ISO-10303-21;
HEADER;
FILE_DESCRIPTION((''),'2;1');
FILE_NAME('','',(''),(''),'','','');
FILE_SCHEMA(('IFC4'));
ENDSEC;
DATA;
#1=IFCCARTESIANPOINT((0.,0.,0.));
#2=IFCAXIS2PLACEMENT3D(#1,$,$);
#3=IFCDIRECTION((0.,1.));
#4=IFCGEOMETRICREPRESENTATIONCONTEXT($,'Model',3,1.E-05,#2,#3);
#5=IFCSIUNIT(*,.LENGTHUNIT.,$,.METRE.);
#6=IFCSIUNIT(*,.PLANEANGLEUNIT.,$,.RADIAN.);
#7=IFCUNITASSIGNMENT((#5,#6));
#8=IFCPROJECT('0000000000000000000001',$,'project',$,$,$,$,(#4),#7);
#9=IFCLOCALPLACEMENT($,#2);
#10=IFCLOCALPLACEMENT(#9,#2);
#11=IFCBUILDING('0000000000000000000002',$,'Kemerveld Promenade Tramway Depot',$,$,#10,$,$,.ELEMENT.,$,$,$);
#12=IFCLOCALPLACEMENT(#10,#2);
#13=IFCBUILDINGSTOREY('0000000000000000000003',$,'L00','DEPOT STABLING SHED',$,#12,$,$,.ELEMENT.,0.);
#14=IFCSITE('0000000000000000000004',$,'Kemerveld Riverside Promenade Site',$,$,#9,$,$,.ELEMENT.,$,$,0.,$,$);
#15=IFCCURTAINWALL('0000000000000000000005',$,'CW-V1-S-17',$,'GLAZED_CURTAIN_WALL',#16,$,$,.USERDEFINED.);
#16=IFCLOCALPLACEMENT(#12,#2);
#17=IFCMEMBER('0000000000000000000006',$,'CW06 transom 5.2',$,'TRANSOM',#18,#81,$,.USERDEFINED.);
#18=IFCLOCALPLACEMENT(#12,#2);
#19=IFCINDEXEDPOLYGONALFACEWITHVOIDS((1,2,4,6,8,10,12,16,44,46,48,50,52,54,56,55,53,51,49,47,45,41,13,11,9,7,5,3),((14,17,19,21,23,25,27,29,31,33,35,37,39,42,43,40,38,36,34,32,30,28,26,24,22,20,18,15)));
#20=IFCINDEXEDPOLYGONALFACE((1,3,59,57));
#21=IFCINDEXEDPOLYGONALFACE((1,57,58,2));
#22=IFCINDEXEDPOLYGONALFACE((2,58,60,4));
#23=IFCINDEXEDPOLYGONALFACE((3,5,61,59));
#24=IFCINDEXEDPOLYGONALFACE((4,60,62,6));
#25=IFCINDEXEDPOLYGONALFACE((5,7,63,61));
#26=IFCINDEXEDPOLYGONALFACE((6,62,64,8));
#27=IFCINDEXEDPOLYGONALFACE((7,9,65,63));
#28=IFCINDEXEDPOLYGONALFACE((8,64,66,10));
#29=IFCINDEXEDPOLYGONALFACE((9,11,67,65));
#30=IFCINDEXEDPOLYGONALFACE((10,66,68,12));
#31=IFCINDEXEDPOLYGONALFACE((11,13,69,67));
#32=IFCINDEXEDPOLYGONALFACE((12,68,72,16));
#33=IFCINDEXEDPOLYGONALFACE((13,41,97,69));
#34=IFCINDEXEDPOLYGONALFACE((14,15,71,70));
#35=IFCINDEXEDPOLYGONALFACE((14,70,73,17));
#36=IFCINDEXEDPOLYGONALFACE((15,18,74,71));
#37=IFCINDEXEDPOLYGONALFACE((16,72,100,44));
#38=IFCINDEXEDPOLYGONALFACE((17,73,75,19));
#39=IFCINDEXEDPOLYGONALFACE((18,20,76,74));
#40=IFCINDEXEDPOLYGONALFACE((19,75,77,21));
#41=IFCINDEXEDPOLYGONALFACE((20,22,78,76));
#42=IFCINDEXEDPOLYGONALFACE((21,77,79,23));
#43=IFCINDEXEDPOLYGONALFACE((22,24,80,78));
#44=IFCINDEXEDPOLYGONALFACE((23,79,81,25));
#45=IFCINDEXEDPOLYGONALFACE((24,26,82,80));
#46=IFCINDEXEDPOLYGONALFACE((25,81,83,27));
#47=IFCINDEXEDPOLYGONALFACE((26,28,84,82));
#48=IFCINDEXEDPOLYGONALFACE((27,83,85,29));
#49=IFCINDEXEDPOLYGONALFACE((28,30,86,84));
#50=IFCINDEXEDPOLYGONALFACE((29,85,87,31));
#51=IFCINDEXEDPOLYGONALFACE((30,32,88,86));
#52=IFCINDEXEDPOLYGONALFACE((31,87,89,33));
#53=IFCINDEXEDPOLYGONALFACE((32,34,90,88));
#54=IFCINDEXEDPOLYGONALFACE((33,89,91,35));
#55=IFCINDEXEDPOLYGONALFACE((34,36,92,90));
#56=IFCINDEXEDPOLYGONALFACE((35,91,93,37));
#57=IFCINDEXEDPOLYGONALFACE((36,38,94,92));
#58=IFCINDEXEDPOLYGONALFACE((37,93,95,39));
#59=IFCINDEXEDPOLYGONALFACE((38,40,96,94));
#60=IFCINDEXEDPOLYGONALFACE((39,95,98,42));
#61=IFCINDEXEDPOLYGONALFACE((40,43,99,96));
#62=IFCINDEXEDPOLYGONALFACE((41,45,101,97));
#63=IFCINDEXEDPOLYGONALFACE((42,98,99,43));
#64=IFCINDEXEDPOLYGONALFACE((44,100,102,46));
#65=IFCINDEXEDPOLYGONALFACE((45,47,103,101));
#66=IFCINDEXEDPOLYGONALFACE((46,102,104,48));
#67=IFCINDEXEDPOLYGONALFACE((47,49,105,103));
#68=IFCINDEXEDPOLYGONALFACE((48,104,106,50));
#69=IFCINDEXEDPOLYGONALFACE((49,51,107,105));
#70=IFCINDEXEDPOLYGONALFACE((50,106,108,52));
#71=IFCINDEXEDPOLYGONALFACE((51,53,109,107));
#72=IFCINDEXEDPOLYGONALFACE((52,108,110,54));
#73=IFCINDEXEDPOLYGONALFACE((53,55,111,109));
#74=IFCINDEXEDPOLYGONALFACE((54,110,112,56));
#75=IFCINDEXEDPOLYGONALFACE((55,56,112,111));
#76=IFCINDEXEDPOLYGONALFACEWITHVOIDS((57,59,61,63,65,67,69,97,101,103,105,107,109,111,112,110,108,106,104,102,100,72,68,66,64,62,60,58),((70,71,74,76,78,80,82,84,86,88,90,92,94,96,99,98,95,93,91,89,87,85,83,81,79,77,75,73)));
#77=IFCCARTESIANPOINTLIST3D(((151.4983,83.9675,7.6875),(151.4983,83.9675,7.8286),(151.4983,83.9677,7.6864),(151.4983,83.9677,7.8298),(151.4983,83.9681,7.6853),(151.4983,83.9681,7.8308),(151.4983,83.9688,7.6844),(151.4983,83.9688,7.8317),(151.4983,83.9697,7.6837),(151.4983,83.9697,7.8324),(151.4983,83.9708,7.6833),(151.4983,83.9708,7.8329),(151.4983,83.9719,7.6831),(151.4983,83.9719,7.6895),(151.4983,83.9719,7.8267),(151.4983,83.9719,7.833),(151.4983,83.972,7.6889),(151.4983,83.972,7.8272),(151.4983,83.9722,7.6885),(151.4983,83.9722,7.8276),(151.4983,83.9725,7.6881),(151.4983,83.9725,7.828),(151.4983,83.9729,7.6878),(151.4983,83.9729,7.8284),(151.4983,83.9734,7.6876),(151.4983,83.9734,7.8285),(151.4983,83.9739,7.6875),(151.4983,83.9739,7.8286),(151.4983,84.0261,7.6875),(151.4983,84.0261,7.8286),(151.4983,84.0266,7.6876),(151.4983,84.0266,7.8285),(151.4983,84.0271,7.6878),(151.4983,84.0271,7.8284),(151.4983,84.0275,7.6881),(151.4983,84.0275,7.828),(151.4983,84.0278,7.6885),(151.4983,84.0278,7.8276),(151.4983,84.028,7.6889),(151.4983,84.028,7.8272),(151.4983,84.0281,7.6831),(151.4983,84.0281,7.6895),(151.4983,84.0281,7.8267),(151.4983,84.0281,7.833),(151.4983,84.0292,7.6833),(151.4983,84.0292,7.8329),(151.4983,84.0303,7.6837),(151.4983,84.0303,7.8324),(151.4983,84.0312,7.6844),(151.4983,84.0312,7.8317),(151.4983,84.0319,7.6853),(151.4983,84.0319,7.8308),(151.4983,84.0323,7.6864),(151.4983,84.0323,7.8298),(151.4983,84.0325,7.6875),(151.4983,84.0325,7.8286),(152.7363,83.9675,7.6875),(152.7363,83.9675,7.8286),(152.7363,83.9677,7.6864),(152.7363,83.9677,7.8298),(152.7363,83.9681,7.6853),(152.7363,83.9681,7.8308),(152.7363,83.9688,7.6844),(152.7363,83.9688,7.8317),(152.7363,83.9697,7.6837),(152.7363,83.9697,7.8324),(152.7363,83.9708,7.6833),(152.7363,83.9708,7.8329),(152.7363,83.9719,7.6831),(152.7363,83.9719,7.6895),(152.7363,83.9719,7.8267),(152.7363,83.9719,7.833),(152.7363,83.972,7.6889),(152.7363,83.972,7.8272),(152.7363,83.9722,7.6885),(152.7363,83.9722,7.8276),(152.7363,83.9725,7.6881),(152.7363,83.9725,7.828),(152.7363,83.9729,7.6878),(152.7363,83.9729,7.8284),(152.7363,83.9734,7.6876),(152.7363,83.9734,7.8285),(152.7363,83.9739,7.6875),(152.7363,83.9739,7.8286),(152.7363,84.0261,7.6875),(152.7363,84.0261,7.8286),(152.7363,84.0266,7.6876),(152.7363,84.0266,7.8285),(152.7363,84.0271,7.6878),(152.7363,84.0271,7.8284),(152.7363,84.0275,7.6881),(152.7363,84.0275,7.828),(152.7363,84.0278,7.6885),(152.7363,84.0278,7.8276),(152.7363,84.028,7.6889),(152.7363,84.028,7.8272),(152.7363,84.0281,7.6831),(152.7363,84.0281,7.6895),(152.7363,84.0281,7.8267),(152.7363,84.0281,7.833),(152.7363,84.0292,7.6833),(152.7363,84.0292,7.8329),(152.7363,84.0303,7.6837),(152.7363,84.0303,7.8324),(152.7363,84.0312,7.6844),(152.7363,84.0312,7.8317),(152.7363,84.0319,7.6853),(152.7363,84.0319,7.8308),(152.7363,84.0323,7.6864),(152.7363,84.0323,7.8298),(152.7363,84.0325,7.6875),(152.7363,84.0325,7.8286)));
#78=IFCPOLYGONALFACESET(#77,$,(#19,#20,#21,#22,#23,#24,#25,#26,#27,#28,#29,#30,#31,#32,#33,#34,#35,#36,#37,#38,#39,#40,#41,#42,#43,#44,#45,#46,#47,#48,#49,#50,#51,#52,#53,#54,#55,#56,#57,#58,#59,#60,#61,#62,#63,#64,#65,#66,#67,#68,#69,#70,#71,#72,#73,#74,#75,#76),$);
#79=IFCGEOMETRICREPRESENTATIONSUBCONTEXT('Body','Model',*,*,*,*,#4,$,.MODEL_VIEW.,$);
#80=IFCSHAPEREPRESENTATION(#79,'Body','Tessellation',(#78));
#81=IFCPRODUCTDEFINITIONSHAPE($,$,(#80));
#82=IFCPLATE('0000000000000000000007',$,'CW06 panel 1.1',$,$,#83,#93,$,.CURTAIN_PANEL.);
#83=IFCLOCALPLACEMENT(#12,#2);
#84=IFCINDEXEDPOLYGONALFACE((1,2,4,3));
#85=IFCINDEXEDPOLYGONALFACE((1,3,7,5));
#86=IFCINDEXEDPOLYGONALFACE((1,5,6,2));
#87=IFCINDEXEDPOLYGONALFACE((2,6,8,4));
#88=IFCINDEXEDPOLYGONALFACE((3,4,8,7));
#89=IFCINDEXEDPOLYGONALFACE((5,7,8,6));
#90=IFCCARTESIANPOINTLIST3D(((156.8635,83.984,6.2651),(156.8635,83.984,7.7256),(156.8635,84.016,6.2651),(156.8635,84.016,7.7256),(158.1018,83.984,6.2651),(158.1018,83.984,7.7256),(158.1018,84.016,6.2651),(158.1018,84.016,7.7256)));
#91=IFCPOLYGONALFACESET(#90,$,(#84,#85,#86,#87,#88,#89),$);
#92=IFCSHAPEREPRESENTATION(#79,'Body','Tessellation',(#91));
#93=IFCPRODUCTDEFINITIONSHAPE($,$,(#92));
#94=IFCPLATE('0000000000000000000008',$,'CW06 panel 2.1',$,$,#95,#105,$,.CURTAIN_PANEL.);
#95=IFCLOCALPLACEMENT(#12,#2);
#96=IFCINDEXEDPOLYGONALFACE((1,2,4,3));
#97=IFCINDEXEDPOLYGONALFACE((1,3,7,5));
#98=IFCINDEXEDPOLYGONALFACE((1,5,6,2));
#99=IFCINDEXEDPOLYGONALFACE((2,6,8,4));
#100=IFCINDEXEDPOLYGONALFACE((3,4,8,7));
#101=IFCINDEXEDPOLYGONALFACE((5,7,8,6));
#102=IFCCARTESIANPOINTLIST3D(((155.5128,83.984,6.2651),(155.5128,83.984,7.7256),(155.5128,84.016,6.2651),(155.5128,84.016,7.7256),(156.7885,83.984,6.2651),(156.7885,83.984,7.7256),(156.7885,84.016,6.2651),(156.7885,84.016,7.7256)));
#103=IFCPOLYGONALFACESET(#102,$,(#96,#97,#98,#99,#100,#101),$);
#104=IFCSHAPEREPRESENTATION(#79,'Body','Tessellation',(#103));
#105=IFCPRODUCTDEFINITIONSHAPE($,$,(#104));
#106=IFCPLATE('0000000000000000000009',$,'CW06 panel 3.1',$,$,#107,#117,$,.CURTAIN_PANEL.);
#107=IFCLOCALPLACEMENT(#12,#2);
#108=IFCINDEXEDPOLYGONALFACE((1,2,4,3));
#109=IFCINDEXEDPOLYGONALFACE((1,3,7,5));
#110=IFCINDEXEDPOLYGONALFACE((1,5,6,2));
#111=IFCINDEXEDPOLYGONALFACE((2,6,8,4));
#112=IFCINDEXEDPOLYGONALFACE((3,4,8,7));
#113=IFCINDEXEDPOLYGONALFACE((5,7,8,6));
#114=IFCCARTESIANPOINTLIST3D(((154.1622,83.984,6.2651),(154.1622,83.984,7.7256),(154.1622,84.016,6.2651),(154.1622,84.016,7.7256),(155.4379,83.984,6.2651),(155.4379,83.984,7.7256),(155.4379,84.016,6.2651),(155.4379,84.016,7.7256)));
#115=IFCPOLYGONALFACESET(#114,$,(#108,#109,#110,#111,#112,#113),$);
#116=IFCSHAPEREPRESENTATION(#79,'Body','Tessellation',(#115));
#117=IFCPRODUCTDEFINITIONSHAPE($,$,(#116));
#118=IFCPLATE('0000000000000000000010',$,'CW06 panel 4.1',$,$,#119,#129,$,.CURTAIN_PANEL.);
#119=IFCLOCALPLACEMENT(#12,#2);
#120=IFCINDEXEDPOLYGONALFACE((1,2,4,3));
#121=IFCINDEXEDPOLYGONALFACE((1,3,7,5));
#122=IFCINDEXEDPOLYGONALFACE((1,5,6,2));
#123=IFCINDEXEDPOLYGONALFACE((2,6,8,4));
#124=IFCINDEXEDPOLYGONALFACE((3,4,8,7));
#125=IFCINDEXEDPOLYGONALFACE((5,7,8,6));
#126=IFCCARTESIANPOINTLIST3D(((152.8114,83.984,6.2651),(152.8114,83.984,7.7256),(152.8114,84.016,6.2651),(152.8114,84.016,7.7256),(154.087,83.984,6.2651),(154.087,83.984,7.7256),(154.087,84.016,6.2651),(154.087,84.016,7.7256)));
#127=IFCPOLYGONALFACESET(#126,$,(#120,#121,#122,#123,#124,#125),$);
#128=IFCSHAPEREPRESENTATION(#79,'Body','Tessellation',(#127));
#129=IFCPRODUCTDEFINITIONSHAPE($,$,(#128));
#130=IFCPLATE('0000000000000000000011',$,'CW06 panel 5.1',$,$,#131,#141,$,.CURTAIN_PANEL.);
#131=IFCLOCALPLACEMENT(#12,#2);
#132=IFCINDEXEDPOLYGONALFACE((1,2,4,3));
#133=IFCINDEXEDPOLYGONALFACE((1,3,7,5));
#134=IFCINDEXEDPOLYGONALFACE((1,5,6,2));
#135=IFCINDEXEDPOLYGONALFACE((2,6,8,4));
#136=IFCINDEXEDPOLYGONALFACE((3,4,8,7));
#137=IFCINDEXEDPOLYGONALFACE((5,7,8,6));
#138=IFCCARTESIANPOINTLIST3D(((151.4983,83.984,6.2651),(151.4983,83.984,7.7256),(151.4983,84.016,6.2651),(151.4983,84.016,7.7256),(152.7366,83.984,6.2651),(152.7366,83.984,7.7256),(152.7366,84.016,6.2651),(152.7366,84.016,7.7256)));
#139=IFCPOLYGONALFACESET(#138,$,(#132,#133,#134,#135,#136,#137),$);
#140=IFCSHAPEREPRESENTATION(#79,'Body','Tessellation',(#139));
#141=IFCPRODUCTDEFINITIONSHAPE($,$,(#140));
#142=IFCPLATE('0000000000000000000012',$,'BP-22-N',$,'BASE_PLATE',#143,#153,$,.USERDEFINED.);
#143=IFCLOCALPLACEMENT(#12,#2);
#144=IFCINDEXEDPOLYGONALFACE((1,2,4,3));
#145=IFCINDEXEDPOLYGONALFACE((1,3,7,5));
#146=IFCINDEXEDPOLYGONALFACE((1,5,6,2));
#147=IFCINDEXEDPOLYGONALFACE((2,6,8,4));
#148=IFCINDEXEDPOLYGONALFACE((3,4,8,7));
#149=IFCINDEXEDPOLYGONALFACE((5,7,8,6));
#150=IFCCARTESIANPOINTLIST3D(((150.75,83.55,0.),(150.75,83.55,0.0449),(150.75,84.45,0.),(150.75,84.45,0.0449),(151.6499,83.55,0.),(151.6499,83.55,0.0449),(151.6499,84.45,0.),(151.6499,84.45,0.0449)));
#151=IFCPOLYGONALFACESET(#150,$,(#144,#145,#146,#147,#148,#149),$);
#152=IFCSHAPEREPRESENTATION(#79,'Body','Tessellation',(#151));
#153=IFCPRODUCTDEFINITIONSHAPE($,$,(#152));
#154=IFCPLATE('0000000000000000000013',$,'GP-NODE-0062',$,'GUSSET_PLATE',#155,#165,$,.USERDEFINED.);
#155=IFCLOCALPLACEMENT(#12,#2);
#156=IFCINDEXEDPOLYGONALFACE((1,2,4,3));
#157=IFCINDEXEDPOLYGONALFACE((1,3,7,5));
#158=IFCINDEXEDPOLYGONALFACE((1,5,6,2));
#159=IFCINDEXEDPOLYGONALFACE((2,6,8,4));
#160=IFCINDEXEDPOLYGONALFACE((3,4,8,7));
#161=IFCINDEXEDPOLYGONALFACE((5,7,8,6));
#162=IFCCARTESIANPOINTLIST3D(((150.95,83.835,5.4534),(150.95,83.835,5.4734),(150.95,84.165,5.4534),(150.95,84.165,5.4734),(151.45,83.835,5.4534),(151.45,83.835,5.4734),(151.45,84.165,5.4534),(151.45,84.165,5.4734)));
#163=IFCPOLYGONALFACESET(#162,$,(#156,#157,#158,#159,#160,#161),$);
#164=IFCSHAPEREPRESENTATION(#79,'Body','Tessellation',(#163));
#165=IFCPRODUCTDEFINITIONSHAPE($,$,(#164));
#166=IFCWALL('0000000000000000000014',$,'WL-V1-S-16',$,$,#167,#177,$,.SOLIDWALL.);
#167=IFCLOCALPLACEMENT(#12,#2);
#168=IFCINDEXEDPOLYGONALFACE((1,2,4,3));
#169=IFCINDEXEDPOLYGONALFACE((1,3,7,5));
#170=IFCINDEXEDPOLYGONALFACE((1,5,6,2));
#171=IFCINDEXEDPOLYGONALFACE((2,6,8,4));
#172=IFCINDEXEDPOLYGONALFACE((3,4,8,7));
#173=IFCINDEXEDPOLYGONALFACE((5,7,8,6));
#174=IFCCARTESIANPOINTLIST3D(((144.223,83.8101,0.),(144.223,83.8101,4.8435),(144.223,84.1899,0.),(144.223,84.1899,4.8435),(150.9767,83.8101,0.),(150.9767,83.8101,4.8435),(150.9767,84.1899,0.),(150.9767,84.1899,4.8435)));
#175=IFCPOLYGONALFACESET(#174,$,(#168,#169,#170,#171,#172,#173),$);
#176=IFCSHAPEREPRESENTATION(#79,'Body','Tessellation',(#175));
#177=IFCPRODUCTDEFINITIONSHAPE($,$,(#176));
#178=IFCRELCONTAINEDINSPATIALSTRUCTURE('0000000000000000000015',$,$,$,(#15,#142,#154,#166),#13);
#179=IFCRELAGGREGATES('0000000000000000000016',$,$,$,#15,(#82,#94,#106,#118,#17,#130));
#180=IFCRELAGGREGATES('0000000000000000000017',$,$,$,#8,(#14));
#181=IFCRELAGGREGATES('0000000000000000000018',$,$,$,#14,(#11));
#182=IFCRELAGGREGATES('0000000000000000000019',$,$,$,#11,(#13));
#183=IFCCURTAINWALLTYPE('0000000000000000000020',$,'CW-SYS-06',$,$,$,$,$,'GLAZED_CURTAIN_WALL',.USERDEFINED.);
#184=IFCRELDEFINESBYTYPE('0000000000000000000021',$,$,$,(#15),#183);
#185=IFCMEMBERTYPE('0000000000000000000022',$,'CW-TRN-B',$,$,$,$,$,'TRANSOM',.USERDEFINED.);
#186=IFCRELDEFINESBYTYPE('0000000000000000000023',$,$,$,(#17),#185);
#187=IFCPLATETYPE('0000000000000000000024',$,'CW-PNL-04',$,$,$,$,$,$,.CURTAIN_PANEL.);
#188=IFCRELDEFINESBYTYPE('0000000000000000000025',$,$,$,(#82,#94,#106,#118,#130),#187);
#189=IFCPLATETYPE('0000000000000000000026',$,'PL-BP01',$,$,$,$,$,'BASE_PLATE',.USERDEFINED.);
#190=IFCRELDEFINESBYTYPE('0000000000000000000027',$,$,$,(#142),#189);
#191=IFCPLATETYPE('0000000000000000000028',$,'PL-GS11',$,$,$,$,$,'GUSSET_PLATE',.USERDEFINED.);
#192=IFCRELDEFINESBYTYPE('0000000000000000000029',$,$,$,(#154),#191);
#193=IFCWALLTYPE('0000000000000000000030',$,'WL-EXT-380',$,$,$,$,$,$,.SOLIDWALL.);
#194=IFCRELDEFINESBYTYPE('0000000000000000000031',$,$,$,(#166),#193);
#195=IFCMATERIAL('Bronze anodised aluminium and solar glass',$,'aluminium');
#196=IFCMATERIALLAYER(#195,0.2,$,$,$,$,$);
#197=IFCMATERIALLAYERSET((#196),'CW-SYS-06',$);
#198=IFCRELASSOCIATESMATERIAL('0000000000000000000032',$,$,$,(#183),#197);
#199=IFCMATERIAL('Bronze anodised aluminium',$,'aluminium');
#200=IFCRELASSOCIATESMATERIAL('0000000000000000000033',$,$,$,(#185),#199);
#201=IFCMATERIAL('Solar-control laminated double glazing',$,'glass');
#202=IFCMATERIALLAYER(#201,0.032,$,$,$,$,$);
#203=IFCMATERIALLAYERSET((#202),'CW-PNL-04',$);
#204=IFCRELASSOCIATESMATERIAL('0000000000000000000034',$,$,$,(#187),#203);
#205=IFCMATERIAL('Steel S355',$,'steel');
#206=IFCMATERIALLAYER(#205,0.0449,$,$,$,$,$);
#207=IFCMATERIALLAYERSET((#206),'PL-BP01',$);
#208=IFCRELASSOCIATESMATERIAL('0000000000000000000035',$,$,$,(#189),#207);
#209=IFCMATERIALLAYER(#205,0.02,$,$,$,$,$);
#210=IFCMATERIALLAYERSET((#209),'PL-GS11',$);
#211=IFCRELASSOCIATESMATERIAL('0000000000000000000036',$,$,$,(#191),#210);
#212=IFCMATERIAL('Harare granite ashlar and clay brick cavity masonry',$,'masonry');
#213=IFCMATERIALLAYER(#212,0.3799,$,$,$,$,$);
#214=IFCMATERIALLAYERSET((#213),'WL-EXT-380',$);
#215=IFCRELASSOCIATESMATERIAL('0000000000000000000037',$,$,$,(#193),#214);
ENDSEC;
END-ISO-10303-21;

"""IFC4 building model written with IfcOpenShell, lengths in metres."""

from ifc_helpers import new_model, si_unit, direction, frame, frame_2d, origin, origin_2d, place, context, subcontext, project, spatial, rectangle, hollow_rectangle, extrude, material, layer, layer_set, material_profile, profile_set, type_object, element, aggregate, save


model = new_model("IFC4")

# Units and contexts
model_context = context("Model", 3, precision=1e-05, world=origin(), true_north=direction((0.0, 1.0)))
body_context = subcontext(model_context, "Body", "Model", "MODEL_VIEW")
ifc_project = project(units=[si_unit("LENGTHUNIT", "METRE"), si_unit("PLANEANGLEUNIT", "RADIAN")], contexts=[model_context])

# Site, building, storey
site_placement = place(None, origin())
site = spatial("IfcSite", under=ifc_project, at=site_placement, Name="Kemerveld Riverside Promenade Site", CompositionType="ELEMENT", RefElevation=0.0)
building_placement = place(site_placement, origin())
building = spatial("IfcBuilding", under=site, at=building_placement, Name="Kemerveld Promenade Tramway Depot", CompositionType="ELEMENT")
storey_placement = place(building_placement, origin())
storey = spatial("IfcBuildingStorey", under=building, at=storey_placement, Name="L00", Description="DEPOT STABLING SHED", CompositionType="ELEMENT", Elevation=0.0)

# Shared definitions
ifc_material_1 = material(Name="Steel S355", Category="steel")

# Shared definitions
ifc_material_2 = material(Name="Bronze anodised aluminium and solar glass", Category="aluminium")
ifc_material_3 = material(Name="Bronze anodised aluminium", Category="aluminium")

# Curtain wall
ifc_layer_1 = layer(ifc_material_2, 0.2)
ifc_layer_set_1 = layer_set([ifc_layer_1], Name="CW-SYS-06")
curtain_wall_type_1 = type_object("IfcCurtainWallType", Name="CW-SYS-06", ElementType="GLAZED_CURTAIN_WALL", PredefinedType="USERDEFINED", material=ifc_layer_set_1)
curtain_wall_1_placement = place(storey_placement, origin())
curtain_wall_1 = element("IfcCurtainWall", 1, at=curtain_wall_1_placement, inside=storey, type_object=curtain_wall_type_1, Name="CW-V1-S-17", ObjectType="GLAZED_CURTAIN_WALL", PredefinedType="USERDEFINED")

# Member
ifc_material_profile_1 = material_profile(ifc_material_3, hollow_rectangle(XDim=0.0649, YDim=0.1499, WallThickness=0.0044, InnerFilletRadius=0.002, OuterFilletRadius=0.0044, at=origin_2d()), Name="CW-TRN-150x65")
ifc_profile_set_1 = profile_set([ifc_material_profile_1], Name="Bronze anodised aluminium")
member_type_1 = type_object("IfcMemberType", Name="CW-TRN-B", ElementType="TRANSOM", PredefinedType="USERDEFINED", material=ifc_profile_set_1)
member_1_placement = place(storey_placement, frame((152.7363, 84.0, 7.7581), z_axis=(-1.0, 0.0, 0.0), x_axis=(0.0, -1.0, 0.0)))
member_1 = element("IfcMember", 2, at=member_1_placement, type_object=member_type_1, Name="CW06 transom 5.2", ObjectType="TRANSOM", PredefinedType="USERDEFINED", context=body_context, shape_type="SweptSolid", body=[
    extrude(hollow_rectangle(XDim=0.0649, YDim=0.1499, WallThickness=0.0044, InnerFilletRadius=0.002, OuterFilletRadius=0.0044, at=origin_2d()), origin(), (0.0, 0.0, 1.0), 1.238),
])

# Plates
ifc_material_4 = material(Name="Solar-control laminated double glazing", Category="glass")
ifc_layer_2 = layer(ifc_material_4, 0.032)
ifc_layer_set_2 = layer_set([ifc_layer_2], Name="CW-PNL-04")
plate_type_1 = type_object("IfcPlateType", Name="CW-PNL-04", PredefinedType="CURTAIN_PANEL", material=ifc_layer_set_2)
plate_1_placement = place(storey_placement, frame((157.4827, 84.0, 6.2651), z_axis=(0.0, 0.0, 1.0), x_axis=(-1.0, 0.0, 0.0)))
plate_1 = element("IfcPlate", 3, at=plate_1_placement, type_object=plate_type_1, Name="CW06 panel 1.1", PredefinedType="CURTAIN_PANEL", context=body_context, shape_type="SweptSolid", body=[
    extrude(rectangle(XDim=1.2383, YDim=0.032, at=origin_2d()), origin(), (0.0, 0.0, 1.0), 1.4604),
])
plate_2_placement = place(storey_placement, frame((156.1506, 84.0, 6.2651), z_axis=(0.0, 0.0, 1.0), x_axis=(-1.0, 0.0, 0.0)))
plate_2 = element("IfcPlate", 4, at=plate_2_placement, type_object=plate_type_1, Name="CW06 panel 2.1", PredefinedType="CURTAIN_PANEL", context=body_context, shape_type="SweptSolid", body=[
    extrude(rectangle(XDim=1.2756, YDim=0.032, at=origin_2d()), origin(), (0.0, 0.0, 1.0), 1.4604),
])
plate_3_placement = place(storey_placement, frame((154.8, 84.0, 6.2651), z_axis=(0.0, 0.0, 1.0), x_axis=(-1.0, 0.0, 0.0)))
plate_3 = element("IfcPlate", 5, at=plate_3_placement, type_object=plate_type_1, Name="CW06 panel 3.1", PredefinedType="CURTAIN_PANEL", context=body_context, shape_type="SweptSolid", body=[
    extrude(rectangle(XDim=1.2756, YDim=0.032, at=origin_2d()), origin(), (0.0, 0.0, 1.0), 1.4604),
])
plate_4_placement = place(storey_placement, frame((153.4492, 84.0, 6.2651), z_axis=(0.0, 0.0, 1.0), x_axis=(-1.0, 0.0, 0.0)))
plate_4 = element("IfcPlate", 6, at=plate_4_placement, type_object=plate_type_1, Name="CW06 panel 4.1", PredefinedType="CURTAIN_PANEL", context=body_context, shape_type="SweptSolid", body=[
    extrude(rectangle(XDim=1.2756, YDim=0.032, at=origin_2d()), origin(), (0.0, 0.0, 1.0), 1.4604),
])
plate_5_placement = place(storey_placement, frame((152.1174, 84.0, 6.2651), z_axis=(0.0, 0.0, 1.0), x_axis=(-1.0, 0.0, 0.0)))
plate_5 = element("IfcPlate", 7, at=plate_5_placement, type_object=plate_type_1, Name="CW06 panel 5.1", PredefinedType="CURTAIN_PANEL", context=body_context, shape_type="SweptSolid", body=[
    extrude(rectangle(XDim=1.2383, YDim=0.032, at=origin_2d()), origin(), (0.0, 0.0, 1.0), 1.4604),
])
aggregate(curtain_wall_1, [plate_1, plate_2, plate_3, plate_4, member_1, plate_5])

# Plates
ifc_layer_3 = layer(ifc_material_1, 0.0449)
ifc_layer_set_3 = layer_set([ifc_layer_3], Name="PL-BP01")
plate_type_2 = type_object("IfcPlateType", Name="PL-BP01", ElementType="BASE_PLATE", PredefinedType="USERDEFINED", material=ifc_layer_set_3)
plate_6_placement = place(storey_placement, frame((151.2, 84.0, 0.0), z_axis=(0.0, 0.0, 1.0), x_axis=(1.0, 0.0, 0.0)))
element("IfcPlate", 8, at=plate_6_placement, inside=storey, type_object=plate_type_2, Name="BP-22-N", ObjectType="BASE_PLATE", PredefinedType="USERDEFINED", context=body_context, shape_type="SweptSolid", body=[
    extrude(rectangle(XDim=0.8999, YDim=0.8999, at=origin_2d()), origin(), (0.0, 0.0, 1.0), 0.0449),
])
ifc_layer_4 = layer(ifc_material_1, 0.02)
ifc_layer_set_4 = layer_set([ifc_layer_4], Name="PL-GS11")
plate_type_3 = type_object("IfcPlateType", Name="PL-GS11", ElementType="GUSSET_PLATE", PredefinedType="USERDEFINED", material=ifc_layer_set_4)
plate_7_placement = place(storey_placement, frame((151.2, 84.0, 5.4534), z_axis=(0.0, 0.0, 1.0), x_axis=(1.0, 0.0, 0.0)))
element("IfcPlate", 9, at=plate_7_placement, inside=storey, type_object=plate_type_3, Name="GP-NODE-0062", ObjectType="GUSSET_PLATE", PredefinedType="USERDEFINED", context=body_context, shape_type="SweptSolid", body=[
    extrude(rectangle(XDim=0.5, YDim=0.3301, at=origin_2d()), origin(), (0.0, 0.0, 1.0), 0.02),
])

# Wall
ifc_material_5 = material(Name="Harare granite ashlar and clay brick cavity masonry", Category="masonry")
ifc_layer_5 = layer(ifc_material_5, 0.3799)
ifc_layer_set_5 = layer_set([ifc_layer_5], Name="WL-EXT-380")
wall_type = type_object("IfcWallType", Name="WL-EXT-380", PredefinedType="SOLIDWALL", material=ifc_layer_set_5)
wall_placement = place(storey_placement, frame((150.9768, 84.0, 0.0), z_axis=(0.0, 0.0, 1.0), x_axis=(-1.0, 0.0, 0.0)))
element("IfcWall", 10, at=wall_placement, inside=storey, type_object=wall_type, Name="WL-V1-S-16", PredefinedType="SOLIDWALL", context=body_context, shape_type="SweptSolid", body=[
    extrude(rectangle(XDim=6.7537, YDim=0.3799, at=frame_2d((3.377, 0.0))), origin(), (0.0, 0.0, 1.0), 4.8435),
])

save(model, "model.ifc")
